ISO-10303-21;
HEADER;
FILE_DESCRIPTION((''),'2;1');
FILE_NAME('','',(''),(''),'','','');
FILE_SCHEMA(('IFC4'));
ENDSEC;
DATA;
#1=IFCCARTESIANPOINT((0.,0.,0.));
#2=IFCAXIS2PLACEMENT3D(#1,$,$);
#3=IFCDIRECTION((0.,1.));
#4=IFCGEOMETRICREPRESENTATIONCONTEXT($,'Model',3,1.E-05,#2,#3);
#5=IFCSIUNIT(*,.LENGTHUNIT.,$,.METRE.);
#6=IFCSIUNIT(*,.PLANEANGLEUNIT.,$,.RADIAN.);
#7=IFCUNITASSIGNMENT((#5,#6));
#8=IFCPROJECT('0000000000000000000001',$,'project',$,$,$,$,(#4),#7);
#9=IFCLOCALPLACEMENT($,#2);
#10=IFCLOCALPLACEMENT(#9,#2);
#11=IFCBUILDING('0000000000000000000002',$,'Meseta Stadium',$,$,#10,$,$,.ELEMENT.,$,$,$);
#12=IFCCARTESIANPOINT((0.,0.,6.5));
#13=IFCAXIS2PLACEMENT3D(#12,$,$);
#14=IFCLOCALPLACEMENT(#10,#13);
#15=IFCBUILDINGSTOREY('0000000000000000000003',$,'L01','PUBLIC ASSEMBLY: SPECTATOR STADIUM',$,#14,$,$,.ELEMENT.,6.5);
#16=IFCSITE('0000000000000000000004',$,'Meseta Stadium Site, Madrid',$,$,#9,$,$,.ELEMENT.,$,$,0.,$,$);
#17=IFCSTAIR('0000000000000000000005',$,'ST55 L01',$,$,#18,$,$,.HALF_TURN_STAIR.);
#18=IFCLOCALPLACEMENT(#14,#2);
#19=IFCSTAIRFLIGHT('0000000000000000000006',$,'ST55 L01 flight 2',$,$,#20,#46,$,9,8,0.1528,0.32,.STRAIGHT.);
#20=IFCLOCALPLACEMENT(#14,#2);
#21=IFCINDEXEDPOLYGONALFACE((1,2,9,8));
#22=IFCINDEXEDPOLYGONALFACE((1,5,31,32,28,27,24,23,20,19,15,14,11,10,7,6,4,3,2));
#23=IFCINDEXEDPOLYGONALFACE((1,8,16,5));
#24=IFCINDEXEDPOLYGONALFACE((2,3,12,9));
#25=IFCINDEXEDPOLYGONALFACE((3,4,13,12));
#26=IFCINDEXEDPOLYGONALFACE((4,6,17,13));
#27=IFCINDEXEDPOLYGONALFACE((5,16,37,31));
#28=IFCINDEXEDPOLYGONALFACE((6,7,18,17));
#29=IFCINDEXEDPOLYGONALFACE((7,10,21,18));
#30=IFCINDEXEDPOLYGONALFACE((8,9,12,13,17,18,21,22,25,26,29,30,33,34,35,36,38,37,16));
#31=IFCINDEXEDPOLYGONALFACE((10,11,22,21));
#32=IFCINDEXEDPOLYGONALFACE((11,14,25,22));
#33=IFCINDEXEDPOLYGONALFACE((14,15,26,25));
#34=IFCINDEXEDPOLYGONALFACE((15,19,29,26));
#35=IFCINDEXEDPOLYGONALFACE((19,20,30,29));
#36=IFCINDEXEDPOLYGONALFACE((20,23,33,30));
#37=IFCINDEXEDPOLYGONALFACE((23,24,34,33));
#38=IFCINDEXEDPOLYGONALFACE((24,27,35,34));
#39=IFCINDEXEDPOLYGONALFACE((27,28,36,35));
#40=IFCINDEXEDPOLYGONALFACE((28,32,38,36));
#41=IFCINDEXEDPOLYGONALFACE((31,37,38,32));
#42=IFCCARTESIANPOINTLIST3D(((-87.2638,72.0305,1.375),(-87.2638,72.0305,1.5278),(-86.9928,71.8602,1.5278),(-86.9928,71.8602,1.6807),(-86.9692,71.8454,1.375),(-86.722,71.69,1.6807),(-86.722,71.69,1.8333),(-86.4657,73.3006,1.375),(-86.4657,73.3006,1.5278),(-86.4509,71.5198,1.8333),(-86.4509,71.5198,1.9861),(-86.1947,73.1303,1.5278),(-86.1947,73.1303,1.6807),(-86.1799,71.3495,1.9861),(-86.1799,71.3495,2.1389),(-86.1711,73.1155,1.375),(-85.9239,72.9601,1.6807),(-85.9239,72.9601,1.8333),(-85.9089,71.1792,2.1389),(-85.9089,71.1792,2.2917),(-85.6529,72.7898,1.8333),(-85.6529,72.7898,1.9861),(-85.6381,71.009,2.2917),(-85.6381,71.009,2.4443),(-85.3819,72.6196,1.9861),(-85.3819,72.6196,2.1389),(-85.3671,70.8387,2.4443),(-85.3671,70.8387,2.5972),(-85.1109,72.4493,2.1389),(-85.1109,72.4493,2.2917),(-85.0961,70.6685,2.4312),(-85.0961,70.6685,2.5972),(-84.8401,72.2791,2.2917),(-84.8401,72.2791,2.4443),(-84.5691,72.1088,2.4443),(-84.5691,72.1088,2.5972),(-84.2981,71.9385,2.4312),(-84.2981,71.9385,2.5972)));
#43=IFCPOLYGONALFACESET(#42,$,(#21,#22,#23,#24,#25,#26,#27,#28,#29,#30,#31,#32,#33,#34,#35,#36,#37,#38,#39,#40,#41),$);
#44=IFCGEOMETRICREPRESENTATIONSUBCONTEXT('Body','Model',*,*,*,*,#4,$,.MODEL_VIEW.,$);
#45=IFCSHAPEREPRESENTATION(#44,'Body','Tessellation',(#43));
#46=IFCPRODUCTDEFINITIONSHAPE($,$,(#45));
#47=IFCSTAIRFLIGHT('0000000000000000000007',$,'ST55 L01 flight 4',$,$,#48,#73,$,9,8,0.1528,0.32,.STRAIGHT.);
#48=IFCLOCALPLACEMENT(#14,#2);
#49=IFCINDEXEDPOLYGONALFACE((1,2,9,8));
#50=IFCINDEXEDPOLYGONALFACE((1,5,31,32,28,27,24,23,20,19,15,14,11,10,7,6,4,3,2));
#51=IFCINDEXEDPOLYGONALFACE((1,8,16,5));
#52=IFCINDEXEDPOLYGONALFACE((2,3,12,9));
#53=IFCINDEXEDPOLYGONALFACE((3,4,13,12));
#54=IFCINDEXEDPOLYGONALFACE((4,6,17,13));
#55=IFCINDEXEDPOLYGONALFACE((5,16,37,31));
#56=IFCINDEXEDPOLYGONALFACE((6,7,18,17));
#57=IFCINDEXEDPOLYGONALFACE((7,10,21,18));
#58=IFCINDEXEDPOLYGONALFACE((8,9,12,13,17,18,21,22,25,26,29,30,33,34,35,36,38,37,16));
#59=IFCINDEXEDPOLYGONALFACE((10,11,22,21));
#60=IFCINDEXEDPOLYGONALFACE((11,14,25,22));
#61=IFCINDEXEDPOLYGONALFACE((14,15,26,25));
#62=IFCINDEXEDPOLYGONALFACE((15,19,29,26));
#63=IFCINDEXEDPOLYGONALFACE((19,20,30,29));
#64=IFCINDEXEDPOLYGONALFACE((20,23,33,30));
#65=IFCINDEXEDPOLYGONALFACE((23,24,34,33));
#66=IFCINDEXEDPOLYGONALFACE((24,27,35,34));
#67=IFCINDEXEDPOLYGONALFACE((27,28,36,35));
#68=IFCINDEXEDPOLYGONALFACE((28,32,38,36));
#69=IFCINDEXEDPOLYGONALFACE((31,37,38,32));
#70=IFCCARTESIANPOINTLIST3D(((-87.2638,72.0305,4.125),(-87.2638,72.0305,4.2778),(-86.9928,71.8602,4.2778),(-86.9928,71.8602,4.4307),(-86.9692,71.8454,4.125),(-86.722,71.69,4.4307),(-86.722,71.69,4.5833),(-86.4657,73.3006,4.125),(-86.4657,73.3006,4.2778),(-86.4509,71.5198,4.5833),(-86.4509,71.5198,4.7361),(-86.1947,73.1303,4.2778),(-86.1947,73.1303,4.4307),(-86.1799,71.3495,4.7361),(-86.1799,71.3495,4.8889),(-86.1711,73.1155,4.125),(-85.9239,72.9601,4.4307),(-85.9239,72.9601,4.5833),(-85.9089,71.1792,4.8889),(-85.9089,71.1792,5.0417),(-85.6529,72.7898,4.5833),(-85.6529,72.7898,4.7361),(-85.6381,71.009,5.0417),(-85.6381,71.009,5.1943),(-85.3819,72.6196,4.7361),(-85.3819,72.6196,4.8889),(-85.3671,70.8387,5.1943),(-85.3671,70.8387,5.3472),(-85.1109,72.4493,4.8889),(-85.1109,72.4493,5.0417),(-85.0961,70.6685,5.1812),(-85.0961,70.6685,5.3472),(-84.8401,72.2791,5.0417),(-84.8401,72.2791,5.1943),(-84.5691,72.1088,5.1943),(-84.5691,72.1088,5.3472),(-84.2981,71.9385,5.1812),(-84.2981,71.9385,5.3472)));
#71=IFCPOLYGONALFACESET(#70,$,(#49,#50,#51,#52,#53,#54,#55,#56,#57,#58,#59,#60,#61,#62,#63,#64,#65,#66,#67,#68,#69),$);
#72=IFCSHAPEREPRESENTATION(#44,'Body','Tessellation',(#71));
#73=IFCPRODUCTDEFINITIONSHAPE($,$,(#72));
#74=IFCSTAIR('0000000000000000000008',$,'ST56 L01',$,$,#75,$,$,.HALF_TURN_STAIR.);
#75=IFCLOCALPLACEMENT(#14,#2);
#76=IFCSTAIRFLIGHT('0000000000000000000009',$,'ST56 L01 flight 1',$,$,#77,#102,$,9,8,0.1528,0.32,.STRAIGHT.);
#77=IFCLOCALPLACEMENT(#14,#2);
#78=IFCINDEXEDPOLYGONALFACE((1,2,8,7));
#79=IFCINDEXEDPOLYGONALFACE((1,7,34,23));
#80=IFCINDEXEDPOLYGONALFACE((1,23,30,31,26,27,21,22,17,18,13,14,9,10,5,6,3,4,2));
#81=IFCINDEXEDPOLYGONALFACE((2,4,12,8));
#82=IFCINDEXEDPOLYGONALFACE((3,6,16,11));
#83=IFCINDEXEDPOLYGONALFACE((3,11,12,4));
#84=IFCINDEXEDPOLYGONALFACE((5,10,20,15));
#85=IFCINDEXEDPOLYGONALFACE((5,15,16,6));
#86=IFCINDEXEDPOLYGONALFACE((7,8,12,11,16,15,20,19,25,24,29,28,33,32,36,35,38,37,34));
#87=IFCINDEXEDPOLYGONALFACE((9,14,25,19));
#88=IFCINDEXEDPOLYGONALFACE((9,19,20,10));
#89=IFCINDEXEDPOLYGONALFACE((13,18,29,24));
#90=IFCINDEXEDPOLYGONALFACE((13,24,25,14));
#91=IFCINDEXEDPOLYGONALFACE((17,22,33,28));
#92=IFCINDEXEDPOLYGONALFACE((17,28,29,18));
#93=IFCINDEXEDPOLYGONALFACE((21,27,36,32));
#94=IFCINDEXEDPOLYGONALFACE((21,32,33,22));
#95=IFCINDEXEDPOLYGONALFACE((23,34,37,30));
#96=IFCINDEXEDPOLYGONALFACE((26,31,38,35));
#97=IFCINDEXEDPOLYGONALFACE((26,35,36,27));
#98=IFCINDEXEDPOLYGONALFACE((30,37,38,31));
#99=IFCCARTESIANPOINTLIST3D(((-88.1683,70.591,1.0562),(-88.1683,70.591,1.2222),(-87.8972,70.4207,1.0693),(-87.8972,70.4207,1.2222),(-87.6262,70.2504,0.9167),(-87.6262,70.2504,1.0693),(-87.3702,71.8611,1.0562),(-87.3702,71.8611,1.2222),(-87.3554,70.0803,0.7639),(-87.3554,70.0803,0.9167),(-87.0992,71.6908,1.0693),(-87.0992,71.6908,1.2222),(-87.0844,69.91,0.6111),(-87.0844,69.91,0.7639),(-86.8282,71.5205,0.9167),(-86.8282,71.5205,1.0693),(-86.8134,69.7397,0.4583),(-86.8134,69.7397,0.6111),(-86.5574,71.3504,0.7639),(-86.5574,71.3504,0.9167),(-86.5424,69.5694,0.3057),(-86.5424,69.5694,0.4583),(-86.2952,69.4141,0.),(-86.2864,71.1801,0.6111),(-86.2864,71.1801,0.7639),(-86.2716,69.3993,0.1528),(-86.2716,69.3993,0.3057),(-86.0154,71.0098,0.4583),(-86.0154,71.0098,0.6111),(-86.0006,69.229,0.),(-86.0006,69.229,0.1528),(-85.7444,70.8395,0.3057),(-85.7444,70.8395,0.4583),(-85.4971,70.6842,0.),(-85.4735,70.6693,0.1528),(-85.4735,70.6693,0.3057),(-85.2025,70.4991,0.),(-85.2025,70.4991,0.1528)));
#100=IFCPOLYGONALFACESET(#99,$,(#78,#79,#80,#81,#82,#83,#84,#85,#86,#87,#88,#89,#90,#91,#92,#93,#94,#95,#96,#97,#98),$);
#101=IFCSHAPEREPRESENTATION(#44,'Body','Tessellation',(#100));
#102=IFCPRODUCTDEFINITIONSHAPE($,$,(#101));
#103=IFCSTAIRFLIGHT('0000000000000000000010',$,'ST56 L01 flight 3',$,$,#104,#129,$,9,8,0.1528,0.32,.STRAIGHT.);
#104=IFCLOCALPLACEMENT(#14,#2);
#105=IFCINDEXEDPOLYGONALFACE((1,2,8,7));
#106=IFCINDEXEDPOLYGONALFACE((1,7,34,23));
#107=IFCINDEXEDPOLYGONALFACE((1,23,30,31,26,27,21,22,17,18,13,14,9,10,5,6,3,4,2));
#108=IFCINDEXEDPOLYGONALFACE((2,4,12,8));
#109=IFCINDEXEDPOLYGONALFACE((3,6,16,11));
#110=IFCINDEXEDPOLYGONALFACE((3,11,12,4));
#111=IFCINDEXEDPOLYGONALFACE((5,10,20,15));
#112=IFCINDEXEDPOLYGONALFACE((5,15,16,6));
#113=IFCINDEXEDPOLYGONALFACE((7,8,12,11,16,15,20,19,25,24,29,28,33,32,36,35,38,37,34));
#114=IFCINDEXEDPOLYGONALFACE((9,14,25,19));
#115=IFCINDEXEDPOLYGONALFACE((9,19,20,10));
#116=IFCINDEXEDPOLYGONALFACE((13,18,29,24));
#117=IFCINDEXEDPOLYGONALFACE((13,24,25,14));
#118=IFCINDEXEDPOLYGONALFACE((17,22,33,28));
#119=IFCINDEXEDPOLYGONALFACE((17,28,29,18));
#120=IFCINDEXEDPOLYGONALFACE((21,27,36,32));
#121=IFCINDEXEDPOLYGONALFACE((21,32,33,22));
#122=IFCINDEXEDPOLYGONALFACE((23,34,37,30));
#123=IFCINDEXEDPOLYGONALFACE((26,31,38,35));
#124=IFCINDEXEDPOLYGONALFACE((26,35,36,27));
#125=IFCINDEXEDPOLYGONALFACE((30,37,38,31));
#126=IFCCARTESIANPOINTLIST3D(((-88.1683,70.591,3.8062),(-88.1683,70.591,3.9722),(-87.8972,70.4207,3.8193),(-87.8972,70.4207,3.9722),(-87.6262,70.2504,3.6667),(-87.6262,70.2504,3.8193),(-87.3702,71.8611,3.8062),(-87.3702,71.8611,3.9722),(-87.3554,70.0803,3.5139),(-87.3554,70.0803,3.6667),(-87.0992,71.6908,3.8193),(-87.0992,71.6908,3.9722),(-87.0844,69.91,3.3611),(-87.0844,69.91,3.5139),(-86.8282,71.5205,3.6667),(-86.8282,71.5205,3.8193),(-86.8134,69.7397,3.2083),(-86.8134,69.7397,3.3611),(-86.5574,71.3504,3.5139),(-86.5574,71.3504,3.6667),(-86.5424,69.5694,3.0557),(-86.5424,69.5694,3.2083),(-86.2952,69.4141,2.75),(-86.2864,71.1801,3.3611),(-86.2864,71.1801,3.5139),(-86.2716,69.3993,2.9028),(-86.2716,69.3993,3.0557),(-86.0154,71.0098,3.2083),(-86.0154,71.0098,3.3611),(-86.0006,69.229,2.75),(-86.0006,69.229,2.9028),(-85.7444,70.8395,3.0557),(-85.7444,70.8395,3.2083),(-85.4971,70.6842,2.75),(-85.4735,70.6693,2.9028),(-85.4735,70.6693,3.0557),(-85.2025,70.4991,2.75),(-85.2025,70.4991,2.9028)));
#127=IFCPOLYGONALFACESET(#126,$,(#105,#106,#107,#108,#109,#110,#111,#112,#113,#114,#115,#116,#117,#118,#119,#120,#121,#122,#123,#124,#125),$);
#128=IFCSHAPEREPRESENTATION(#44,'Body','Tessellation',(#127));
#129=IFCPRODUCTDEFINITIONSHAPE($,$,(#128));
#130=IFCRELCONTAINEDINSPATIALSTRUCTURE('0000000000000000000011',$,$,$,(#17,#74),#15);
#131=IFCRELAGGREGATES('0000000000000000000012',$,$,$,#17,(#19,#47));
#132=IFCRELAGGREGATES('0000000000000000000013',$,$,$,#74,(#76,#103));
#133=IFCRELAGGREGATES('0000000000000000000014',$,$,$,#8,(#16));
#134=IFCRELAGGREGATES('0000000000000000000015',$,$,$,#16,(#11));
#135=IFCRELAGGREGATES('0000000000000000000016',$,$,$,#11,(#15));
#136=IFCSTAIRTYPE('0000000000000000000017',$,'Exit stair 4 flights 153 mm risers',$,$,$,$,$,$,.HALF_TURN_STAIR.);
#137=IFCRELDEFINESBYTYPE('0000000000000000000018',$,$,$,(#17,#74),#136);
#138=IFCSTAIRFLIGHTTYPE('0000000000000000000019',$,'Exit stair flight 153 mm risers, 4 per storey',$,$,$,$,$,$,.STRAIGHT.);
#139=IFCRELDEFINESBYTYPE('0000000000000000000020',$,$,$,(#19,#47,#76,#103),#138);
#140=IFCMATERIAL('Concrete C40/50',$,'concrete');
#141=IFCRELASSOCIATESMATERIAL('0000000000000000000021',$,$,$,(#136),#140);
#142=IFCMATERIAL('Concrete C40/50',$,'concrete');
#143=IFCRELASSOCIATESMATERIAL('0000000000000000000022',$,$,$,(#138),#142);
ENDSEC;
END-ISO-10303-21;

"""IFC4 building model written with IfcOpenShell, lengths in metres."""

from ifc_helpers import new_model, si_unit, direction, frame, origin, place, context, subcontext, project, spatial, polyline, outline, extrude, material, type_object, element, aggregate, save


model = new_model("IFC4")

# Units and contexts
model_context = context("Model", 3, precision=1e-05, world=origin(), true_north=direction((0.0, 1.0)))
body_context = subcontext(model_context, "Body", "Model", "MODEL_VIEW")
ifc_project = project(units=[si_unit("LENGTHUNIT", "METRE"), si_unit("PLANEANGLEUNIT", "RADIAN")], contexts=[model_context])

# Site, building, storey
site_placement = place(None, origin())
site = spatial("IfcSite", under=ifc_project, at=site_placement, Name="Meseta Stadium Site, Madrid", CompositionType="ELEMENT", RefElevation=0.0)
building_placement = place(site_placement, origin())
building = spatial("IfcBuilding", under=site, at=building_placement, Name="Meseta Stadium", CompositionType="ELEMENT")
storey_placement = place(building_placement, frame((0.0, 0.0, 6.5)))
storey = spatial("IfcBuildingStorey", under=building, at=storey_placement, Name="L01", Description="PUBLIC ASSEMBLY: SPECTATOR STADIUM", CompositionType="ELEMENT", Elevation=6.5)

# Stairs, stair flights
ifc_material_1 = material(Name="Concrete C40/50", Category="concrete")
stair_type = type_object("IfcStairType", Name="Exit stair 4 flights 153 mm risers", PredefinedType="HALF_TURN_STAIR", material=ifc_material_1)
stair_1_placement = place(storey_placement, origin())
stair_1 = element("IfcStair", 1, at=stair_1_placement, inside=storey, type_object=stair_type, Name="ST55 L01", PredefinedType="HALF_TURN_STAIR")
ifc_material_2 = material(Name="Concrete C40/50", Category="concrete")
stair_flight_type = type_object("IfcStairFlightType", Name="Exit stair flight 153 mm risers, 4 per storey", PredefinedType="STRAIGHT", material=ifc_material_2)
stair_flight_1_placement = place(storey_placement, frame((-86.8647, 72.6655, 1.375), z_axis=(0.0, 0.0, 1.0), x_axis=(0.846724, -0.532032, 0.0)))
stair_flight_1 = element("IfcStairFlight", 2, at=stair_flight_1_placement, type_object=stair_flight_type, Name="ST55 L01 flight 2", NumberOfRisers=9, NumberOfTreads=8, PredefinedType="STRAIGHT", RiserHeight=0.1528, TreadLength=0.32, context=body_context, shape_type="SweptSolid", body=[
    extrude(outline(polyline([(0.0, 0.0), (0.0, 0.1528), (0.3201, 0.1528), (0.3201, 0.3057), (0.6399, 0.3057), (0.6399, 0.4583), (0.96, 0.4583), (0.96, 0.6111), (1.28, 0.6111), (1.28, 0.7639), (1.6001, 0.7639), (1.6001, 0.9167), (1.9199, 0.9167), (1.9199, 1.0693), (2.24, 1.0693), (2.24, 1.2222), (2.5601, 1.2222), (2.5601, 1.0562), (0.3479, 0.0), (0.0, 0.0)])), frame((0.0, 0.75, 0.0), z_axis=(0.0, -1.0, 0.0), x_axis=(1.0, 0.0, 0.0)), (0.0, 0.0, 1.0), 1.5),
])
stair_flight_2_placement = place(storey_placement, frame((-86.8647, 72.6655, 4.125), z_axis=(0.0, 0.0, 1.0), x_axis=(0.846724, -0.532032, 0.0)))
stair_flight_2 = element("IfcStairFlight", 3, at=stair_flight_2_placement, type_object=stair_flight_type, Name="ST55 L01 flight 4", NumberOfRisers=9, NumberOfTreads=8, PredefinedType="STRAIGHT", RiserHeight=0.1528, TreadLength=0.32, context=body_context, shape_type="SweptSolid", body=[
    extrude(outline(polyline([(0.0, 0.0), (0.0, 0.1528), (0.3201, 0.1528), (0.3201, 0.3057), (0.6399, 0.3057), (0.6399, 0.4583), (0.96, 0.4583), (0.96, 0.6111), (1.28, 0.6111), (1.28, 0.7639), (1.6001, 0.7639), (1.6001, 0.9167), (1.9199, 0.9167), (1.9199, 1.0693), (2.24, 1.0693), (2.24, 1.2222), (2.5601, 1.2222), (2.5601, 1.0562), (0.3479, 0.0), (0.0, 0.0)])), frame((0.0, 0.75, 0.0), z_axis=(0.0, -1.0, 0.0), x_axis=(1.0, 0.0, 0.0)), (0.0, 0.0, 1.0), 1.5),
])
aggregate(stair_1, [stair_flight_1, stair_flight_2])
stair_2_placement = place(storey_placement, origin())
stair_2 = element("IfcStair", 4, at=stair_2_placement, inside=storey, type_object=stair_type, Name="ST56 L01", PredefinedType="HALF_TURN_STAIR")
stair_flight_3_placement = place(storey_placement, frame((-85.6016, 69.864, 0.0), z_axis=(0.0, 0.0, 1.0), x_axis=(-0.846724, 0.532032, 0.0)))
stair_flight_3 = element("IfcStairFlight", 5, at=stair_flight_3_placement, type_object=stair_flight_type, Name="ST56 L01 flight 1", NumberOfRisers=9, NumberOfTreads=8, PredefinedType="STRAIGHT", RiserHeight=0.1528, TreadLength=0.32, context=body_context, shape_type="SweptSolid", body=[
    extrude(outline(polyline([(0.0, 0.0), (0.0, 0.1528), (0.3201, 0.1528), (0.3201, 0.3057), (0.6399, 0.3057), (0.6399, 0.4583), (0.96, 0.4583), (0.96, 0.6111), (1.28, 0.6111), (1.28, 0.7639), (1.6001, 0.7639), (1.6001, 0.9167), (1.9199, 0.9167), (1.9199, 1.0693), (2.24, 1.0693), (2.24, 1.2222), (2.5601, 1.2222), (2.5601, 1.0562), (0.3479, 0.0), (0.0, 0.0)])), frame((0.0, 0.75, 0.0), z_axis=(0.0, -1.0, 0.0), x_axis=(1.0, 0.0, 0.0)), (0.0, 0.0, 1.0), 1.5),
])
stair_flight_4_placement = place(storey_placement, frame((-85.6016, 69.864, 2.75), z_axis=(0.0, 0.0, 1.0), x_axis=(-0.846724, 0.532032, 0.0)))
stair_flight_4 = element("IfcStairFlight", 6, at=stair_flight_4_placement, type_object=stair_flight_type, Name="ST56 L01 flight 3", NumberOfRisers=9, NumberOfTreads=8, PredefinedType="STRAIGHT", RiserHeight=0.1528, TreadLength=0.32, context=body_context, shape_type="SweptSolid", body=[
    extrude(outline(polyline([(0.0, 0.0), (0.0, 0.1528), (0.3201, 0.1528), (0.3201, 0.3057), (0.6399, 0.3057), (0.6399, 0.4583), (0.96, 0.4583), (0.96, 0.6111), (1.28, 0.6111), (1.28, 0.7639), (1.6001, 0.7639), (1.6001, 0.9167), (1.9199, 0.9167), (1.9199, 1.0693), (2.24, 1.0693), (2.24, 1.2222), (2.5601, 1.2222), (2.5601, 1.0562), (0.3479, 0.0), (0.0, 0.0)])), frame((0.0, 0.75, 0.0), z_axis=(0.0, -1.0, 0.0), x_axis=(1.0, 0.0, 0.0)), (0.0, 0.0, 1.0), 1.5),
])
aggregate(stair_2, [stair_flight_3, stair_flight_4])

save(model, "model.ifc")
